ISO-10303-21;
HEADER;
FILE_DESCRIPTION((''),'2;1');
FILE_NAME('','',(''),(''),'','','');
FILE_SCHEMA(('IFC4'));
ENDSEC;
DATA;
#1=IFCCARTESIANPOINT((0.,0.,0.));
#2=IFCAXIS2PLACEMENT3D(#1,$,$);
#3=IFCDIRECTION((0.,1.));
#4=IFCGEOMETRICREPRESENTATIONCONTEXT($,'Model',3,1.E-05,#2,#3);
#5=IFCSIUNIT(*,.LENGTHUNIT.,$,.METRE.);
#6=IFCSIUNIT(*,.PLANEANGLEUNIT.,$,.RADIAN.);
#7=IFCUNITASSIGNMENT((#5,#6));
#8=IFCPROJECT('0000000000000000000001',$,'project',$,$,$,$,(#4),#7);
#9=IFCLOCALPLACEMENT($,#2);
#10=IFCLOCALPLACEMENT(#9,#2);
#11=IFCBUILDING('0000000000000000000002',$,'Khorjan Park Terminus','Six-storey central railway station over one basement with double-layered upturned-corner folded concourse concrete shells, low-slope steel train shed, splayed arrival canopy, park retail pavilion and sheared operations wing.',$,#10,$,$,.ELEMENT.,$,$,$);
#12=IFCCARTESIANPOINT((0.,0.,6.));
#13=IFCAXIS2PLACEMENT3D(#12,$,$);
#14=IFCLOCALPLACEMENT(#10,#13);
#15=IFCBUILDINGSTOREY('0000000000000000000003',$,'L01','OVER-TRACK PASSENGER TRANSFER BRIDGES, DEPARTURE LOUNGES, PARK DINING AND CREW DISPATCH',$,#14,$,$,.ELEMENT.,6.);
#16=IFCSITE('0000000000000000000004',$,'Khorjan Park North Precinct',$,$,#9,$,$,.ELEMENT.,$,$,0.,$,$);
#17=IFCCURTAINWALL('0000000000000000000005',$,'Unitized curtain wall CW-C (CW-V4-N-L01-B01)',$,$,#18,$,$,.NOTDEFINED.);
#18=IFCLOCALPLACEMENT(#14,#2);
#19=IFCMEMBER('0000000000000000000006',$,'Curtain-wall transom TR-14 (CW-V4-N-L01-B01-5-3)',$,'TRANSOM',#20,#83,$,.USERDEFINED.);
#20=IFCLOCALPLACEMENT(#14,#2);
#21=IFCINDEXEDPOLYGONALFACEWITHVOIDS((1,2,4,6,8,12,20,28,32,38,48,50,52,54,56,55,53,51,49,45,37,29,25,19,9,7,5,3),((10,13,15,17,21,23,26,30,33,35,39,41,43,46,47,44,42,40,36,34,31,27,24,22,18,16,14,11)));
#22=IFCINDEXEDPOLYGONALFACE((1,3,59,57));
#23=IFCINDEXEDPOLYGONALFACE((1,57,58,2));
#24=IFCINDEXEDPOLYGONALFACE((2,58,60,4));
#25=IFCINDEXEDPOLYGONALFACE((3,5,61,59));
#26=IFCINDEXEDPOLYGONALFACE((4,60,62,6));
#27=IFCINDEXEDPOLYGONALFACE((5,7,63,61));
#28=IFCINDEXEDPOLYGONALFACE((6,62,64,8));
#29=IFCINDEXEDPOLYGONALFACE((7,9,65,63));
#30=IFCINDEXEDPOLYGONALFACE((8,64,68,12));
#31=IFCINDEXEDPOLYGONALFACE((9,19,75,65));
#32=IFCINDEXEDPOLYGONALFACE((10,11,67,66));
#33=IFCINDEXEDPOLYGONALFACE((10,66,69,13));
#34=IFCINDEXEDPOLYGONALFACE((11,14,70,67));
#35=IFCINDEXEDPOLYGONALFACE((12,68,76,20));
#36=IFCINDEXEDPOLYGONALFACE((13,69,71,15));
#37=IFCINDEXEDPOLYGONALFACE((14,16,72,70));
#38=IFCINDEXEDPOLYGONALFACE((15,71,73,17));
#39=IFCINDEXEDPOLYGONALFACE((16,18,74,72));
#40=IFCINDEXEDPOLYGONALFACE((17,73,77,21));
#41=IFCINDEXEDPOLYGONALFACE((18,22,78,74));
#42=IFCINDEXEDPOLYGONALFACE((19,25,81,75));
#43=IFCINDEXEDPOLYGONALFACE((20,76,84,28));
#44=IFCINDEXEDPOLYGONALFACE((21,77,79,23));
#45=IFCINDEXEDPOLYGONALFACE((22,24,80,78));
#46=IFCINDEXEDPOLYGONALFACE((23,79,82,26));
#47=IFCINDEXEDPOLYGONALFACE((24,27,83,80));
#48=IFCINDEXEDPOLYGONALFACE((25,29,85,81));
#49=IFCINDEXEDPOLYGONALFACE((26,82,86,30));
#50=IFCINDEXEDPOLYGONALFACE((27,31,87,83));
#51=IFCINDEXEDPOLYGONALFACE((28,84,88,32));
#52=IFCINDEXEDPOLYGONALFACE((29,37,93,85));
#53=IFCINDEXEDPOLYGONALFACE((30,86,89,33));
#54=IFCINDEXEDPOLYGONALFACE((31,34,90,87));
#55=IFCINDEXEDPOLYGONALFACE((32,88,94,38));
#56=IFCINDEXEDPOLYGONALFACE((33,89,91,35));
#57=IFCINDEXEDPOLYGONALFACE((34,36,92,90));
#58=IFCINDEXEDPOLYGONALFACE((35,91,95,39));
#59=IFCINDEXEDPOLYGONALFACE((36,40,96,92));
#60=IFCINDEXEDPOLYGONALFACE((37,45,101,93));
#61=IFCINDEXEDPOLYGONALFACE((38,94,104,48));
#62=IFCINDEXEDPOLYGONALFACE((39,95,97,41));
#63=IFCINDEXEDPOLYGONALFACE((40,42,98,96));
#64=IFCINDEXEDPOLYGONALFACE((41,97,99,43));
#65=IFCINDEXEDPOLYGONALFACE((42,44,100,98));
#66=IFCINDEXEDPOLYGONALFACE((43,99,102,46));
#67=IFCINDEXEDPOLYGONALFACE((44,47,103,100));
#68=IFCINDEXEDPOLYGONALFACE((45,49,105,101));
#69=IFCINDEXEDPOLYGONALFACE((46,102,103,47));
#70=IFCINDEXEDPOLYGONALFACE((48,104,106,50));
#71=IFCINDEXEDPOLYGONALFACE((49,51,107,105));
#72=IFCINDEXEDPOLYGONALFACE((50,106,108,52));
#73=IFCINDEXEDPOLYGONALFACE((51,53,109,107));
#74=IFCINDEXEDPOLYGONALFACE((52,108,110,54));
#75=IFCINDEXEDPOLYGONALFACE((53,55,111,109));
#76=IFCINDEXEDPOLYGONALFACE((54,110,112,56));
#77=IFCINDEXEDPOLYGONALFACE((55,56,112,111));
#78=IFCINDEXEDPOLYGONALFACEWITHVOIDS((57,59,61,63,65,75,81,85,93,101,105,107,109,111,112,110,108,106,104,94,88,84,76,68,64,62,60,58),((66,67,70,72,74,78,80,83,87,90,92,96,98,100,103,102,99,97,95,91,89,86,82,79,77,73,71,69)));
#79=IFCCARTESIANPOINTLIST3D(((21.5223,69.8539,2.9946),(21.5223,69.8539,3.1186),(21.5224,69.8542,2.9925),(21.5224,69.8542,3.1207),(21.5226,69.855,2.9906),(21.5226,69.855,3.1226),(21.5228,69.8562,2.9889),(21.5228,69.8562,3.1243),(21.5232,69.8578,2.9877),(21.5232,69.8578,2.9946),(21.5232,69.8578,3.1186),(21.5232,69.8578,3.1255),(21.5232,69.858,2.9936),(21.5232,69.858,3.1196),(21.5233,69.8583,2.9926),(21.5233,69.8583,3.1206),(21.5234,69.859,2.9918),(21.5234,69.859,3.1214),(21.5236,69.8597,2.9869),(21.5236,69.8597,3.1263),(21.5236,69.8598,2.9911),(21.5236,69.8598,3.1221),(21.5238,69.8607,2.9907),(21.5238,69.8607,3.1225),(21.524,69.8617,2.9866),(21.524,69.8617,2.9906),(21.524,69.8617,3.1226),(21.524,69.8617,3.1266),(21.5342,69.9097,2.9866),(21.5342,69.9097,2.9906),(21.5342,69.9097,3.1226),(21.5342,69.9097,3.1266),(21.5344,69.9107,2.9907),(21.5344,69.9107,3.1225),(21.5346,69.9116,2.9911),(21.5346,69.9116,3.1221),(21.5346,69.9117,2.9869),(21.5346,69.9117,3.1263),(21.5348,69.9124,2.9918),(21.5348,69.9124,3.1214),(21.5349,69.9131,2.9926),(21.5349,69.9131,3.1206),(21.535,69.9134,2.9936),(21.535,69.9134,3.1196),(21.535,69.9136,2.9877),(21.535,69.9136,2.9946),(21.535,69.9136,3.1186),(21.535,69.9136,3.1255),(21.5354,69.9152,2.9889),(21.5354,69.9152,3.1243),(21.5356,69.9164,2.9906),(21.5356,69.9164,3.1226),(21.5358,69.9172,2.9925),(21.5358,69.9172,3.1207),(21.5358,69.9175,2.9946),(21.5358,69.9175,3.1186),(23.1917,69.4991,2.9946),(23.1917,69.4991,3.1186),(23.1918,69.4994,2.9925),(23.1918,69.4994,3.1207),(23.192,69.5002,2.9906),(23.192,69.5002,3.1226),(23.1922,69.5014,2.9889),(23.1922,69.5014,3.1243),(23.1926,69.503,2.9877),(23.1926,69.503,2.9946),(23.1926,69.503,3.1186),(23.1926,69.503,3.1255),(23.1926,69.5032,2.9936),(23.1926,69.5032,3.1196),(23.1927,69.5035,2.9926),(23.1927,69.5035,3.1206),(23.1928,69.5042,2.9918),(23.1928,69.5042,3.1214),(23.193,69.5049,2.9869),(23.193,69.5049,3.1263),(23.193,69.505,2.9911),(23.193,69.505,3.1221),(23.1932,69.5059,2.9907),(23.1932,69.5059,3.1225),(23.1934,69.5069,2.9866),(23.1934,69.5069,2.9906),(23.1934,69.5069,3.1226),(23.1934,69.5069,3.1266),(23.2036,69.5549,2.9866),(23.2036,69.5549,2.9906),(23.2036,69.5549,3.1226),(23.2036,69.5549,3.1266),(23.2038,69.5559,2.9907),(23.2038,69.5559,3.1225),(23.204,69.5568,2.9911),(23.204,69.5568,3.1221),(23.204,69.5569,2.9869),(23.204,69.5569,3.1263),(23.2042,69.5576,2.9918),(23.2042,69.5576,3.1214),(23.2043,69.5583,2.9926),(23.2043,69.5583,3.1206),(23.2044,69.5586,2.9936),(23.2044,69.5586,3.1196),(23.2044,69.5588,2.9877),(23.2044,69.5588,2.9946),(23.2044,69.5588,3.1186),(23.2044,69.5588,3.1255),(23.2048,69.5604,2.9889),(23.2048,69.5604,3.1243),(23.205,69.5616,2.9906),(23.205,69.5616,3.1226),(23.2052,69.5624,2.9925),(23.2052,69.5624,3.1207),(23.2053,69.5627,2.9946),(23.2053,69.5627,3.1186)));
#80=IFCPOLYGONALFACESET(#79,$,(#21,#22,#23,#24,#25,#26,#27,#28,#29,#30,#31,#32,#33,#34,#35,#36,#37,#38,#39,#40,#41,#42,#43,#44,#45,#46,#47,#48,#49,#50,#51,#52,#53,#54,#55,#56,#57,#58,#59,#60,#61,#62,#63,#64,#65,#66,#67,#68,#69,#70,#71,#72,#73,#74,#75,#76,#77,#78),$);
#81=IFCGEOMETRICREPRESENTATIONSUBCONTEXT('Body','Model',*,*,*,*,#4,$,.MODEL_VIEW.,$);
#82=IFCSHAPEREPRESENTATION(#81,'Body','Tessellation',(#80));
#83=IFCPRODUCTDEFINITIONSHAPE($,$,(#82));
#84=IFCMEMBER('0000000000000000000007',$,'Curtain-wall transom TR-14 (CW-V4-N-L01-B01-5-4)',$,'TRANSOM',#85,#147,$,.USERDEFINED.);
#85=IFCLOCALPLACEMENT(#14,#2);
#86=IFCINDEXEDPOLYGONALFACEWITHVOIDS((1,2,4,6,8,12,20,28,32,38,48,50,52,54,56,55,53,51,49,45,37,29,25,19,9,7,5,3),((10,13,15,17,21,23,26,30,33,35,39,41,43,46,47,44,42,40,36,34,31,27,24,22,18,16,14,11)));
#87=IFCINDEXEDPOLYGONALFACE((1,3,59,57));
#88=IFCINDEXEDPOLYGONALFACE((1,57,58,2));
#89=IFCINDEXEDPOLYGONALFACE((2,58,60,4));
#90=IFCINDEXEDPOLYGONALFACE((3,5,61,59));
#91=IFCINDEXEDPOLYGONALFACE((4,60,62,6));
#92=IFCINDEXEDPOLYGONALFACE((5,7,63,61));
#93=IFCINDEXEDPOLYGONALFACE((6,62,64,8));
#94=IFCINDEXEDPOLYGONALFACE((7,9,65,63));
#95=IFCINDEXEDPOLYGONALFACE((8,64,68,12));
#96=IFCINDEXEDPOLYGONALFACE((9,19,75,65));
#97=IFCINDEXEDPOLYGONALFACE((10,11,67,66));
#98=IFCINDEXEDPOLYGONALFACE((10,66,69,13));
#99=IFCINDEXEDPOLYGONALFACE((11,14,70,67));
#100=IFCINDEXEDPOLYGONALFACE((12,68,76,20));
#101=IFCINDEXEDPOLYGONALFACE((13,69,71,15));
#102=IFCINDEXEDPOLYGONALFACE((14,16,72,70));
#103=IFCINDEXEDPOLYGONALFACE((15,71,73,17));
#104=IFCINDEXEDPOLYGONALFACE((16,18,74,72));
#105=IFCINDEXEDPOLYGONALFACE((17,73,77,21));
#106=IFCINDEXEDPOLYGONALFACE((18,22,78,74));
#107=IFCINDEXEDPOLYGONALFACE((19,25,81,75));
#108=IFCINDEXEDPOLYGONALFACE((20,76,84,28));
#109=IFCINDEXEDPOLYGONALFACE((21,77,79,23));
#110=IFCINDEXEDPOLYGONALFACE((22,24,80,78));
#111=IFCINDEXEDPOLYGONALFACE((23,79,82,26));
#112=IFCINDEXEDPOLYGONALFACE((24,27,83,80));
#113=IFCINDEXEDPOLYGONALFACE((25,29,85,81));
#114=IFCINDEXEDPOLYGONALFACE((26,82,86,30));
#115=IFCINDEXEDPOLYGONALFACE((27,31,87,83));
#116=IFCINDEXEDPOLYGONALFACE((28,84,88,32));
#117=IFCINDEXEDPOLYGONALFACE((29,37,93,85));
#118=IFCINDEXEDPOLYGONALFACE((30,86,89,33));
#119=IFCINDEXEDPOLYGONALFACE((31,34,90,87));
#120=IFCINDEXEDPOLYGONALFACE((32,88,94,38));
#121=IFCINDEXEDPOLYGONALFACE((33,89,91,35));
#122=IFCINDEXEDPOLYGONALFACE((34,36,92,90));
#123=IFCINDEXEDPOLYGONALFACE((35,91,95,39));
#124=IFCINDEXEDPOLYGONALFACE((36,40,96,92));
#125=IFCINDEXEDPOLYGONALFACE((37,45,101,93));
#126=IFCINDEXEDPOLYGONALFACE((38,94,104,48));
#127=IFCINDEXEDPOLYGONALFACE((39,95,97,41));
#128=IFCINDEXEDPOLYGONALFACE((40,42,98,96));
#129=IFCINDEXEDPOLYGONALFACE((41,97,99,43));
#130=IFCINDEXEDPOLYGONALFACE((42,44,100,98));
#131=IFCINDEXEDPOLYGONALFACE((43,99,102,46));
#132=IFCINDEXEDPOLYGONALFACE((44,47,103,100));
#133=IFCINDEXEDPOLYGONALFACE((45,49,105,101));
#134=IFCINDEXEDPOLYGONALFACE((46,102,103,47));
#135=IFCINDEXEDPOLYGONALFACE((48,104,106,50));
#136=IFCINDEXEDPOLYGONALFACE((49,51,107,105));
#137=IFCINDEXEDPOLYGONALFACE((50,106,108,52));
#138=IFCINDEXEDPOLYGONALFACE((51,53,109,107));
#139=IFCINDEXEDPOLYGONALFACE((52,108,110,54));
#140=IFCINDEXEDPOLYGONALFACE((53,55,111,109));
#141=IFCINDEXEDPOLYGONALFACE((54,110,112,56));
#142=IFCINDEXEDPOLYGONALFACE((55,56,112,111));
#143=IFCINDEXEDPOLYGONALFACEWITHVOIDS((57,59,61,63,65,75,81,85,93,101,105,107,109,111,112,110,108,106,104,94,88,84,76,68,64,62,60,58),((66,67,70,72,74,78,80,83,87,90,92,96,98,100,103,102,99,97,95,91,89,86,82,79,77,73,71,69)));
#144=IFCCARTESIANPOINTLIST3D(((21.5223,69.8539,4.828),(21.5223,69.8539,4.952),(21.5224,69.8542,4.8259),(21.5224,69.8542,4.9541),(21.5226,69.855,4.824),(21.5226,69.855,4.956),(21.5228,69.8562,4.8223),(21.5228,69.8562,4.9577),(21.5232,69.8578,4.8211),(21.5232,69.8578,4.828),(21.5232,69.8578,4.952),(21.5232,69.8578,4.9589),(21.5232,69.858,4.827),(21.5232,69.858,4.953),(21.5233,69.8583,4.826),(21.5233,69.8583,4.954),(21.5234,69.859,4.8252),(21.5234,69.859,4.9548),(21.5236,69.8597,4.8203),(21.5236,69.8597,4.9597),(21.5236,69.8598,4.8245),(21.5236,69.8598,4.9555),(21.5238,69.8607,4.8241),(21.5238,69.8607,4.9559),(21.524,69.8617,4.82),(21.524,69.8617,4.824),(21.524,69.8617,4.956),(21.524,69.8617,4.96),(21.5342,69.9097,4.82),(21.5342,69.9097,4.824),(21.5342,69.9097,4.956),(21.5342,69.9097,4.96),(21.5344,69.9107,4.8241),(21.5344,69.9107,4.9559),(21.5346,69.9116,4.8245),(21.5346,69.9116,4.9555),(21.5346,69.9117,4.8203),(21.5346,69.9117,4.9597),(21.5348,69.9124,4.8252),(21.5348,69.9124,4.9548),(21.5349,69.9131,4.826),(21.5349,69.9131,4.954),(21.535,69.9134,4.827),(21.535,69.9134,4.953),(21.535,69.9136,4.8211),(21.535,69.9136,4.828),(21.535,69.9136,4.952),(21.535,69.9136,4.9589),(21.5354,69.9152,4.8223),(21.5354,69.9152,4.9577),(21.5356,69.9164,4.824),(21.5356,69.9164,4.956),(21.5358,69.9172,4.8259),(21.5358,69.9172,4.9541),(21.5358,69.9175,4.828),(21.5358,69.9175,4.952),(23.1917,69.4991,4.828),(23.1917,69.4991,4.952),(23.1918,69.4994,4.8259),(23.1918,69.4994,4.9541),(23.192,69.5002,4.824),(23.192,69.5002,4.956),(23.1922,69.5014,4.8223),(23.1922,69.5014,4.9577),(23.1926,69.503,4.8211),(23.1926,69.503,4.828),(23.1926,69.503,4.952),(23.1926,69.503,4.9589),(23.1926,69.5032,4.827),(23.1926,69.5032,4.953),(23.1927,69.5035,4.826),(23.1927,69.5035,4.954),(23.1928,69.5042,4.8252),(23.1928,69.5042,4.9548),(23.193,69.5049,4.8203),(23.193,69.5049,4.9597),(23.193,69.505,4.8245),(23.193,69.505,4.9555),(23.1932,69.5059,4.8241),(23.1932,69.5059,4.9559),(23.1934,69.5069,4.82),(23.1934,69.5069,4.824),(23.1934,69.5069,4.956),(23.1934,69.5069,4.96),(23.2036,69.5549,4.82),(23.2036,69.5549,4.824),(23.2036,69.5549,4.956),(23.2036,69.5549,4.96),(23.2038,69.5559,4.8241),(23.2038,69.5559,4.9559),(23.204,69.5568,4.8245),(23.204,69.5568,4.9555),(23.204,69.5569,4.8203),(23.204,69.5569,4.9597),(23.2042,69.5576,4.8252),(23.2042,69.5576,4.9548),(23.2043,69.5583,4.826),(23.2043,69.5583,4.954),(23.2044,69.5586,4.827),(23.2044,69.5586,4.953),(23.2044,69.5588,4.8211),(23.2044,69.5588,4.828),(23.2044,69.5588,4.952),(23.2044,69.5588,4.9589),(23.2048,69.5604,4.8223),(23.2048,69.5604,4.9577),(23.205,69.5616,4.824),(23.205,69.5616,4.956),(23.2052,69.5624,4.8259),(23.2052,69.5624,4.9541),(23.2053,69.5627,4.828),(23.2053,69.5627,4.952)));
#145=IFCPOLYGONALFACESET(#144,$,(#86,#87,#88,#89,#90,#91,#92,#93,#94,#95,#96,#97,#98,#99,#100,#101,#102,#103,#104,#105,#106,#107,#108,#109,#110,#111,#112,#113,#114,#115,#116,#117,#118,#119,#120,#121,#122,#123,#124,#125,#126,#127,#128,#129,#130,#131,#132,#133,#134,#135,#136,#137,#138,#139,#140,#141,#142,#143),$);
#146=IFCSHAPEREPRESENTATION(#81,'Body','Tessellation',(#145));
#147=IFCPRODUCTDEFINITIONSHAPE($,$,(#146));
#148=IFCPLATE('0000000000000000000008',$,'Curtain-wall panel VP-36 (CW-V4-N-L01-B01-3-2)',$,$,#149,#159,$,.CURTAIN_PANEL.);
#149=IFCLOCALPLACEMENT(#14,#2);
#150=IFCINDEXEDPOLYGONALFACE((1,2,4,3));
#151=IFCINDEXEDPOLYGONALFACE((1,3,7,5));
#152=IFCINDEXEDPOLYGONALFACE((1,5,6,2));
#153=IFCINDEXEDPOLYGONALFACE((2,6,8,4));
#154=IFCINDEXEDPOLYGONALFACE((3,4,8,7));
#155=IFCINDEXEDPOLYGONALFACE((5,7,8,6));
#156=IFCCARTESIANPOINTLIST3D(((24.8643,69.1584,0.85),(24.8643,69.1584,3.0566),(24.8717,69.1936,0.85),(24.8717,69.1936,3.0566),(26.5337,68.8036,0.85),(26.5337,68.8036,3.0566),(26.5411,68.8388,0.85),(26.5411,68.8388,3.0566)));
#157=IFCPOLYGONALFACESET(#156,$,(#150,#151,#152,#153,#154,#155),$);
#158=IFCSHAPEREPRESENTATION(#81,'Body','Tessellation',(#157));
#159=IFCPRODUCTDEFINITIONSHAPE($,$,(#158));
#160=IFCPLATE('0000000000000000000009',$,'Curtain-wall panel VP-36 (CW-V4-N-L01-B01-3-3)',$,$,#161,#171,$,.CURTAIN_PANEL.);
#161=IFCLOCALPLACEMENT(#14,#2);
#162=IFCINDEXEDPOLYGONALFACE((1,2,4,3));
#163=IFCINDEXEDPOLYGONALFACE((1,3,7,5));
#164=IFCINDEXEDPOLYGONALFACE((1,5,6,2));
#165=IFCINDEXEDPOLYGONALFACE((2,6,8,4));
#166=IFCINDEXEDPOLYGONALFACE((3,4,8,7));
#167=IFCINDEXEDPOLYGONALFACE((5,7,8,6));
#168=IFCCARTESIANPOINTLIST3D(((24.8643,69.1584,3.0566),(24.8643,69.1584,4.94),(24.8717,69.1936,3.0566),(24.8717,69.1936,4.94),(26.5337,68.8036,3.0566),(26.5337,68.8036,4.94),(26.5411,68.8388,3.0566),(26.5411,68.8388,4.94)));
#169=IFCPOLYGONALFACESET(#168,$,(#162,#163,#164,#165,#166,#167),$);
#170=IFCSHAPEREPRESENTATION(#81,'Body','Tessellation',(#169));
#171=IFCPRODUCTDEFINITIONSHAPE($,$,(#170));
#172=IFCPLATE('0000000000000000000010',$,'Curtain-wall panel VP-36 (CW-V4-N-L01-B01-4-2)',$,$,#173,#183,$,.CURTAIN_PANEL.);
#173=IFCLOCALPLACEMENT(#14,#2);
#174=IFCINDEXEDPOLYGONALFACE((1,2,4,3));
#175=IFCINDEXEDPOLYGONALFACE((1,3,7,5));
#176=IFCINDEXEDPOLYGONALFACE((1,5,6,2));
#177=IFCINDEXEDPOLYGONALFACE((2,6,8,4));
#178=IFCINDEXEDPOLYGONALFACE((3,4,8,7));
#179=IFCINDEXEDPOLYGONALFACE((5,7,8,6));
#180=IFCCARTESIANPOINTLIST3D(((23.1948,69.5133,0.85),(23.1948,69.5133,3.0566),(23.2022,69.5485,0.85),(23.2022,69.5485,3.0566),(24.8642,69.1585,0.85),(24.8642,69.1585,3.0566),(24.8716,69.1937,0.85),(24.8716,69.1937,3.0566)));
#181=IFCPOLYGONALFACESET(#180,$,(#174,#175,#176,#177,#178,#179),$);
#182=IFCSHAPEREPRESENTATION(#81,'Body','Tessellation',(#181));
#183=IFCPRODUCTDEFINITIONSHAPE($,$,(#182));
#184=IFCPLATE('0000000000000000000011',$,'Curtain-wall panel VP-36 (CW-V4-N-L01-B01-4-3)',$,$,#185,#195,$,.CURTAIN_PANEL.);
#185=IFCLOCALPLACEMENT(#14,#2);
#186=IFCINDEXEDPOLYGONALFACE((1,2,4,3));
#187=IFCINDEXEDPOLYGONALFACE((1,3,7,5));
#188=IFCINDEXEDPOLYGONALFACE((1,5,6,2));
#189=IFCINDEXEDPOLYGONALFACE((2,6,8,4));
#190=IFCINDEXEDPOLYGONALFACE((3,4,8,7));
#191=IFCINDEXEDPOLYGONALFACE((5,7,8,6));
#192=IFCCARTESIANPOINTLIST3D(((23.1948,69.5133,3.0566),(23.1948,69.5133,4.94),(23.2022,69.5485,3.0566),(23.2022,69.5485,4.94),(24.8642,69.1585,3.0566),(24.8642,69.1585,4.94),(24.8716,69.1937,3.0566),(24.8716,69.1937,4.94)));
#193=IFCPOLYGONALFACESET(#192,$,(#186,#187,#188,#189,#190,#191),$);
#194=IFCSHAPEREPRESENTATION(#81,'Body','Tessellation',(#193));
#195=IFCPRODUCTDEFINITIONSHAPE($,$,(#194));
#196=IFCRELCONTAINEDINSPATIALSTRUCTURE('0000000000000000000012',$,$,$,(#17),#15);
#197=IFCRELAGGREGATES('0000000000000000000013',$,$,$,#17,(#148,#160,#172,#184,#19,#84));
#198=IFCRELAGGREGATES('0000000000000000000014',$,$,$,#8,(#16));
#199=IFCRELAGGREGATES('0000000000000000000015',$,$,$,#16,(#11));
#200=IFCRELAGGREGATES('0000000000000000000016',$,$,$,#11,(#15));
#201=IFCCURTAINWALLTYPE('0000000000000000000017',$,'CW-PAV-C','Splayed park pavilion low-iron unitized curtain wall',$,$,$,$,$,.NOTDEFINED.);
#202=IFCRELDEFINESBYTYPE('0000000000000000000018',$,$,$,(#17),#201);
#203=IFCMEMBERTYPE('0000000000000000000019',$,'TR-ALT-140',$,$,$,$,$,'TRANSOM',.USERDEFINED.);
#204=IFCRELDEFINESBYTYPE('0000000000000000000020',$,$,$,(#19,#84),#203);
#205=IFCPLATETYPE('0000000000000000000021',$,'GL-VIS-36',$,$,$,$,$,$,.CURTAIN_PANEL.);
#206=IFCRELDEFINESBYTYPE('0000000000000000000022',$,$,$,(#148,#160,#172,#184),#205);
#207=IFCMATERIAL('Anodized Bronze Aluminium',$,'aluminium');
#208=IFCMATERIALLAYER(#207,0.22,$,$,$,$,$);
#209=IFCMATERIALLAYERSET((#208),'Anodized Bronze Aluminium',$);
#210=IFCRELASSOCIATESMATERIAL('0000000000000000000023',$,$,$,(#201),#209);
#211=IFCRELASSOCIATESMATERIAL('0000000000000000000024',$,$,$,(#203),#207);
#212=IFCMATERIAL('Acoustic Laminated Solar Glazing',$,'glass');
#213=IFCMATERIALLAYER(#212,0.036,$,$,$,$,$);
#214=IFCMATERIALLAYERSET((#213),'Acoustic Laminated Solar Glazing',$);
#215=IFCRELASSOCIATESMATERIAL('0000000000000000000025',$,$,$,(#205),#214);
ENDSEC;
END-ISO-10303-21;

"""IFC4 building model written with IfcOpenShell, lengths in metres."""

from ifc_helpers import new_model, si_unit, direction, frame, origin, origin_2d, place, context, subcontext, project, spatial, rectangle, hollow_rectangle, extrude, material, layer, layer_set, material_profile, profile_set, type_object, element, aggregate, save


model = new_model("IFC4")

# Units and contexts
model_context = context("Model", 3, precision=1e-05, world=origin(), true_north=direction((0.0, 1.0)))
body_context = subcontext(model_context, "Body", "Model", "MODEL_VIEW")
ifc_project = project(units=[si_unit("LENGTHUNIT", "METRE"), si_unit("PLANEANGLEUNIT", "RADIAN")], contexts=[model_context])

# Site, building, storey
site_placement = place(None, origin())
site = spatial("IfcSite", under=ifc_project, at=site_placement, Name="Khorjan Park North Precinct", CompositionType="ELEMENT", RefElevation=0.0)
building_placement = place(site_placement, origin())
building = spatial("IfcBuilding", under=site, at=building_placement, Name="Khorjan Park Terminus", Description="Six-storey central railway station over one basement with double-layered upturned-corner folded concourse concrete shells, low-slope steel train shed, splayed arrival canopy, park retail pavilion and sheared operations wing.", CompositionType="ELEMENT")
storey_placement = place(building_placement, frame((0.0, 0.0, 6.0)))
storey = spatial("IfcBuildingStorey", under=building, at=storey_placement, Name="L01", Description="OVER-TRACK PASSENGER TRANSFER BRIDGES, DEPARTURE LOUNGES, PARK DINING AND CREW DISPATCH", CompositionType="ELEMENT", Elevation=6.0)

# Curtain wall, members, plates
ifc_material_1 = material(Name="Anodized Bronze Aluminium", Category="aluminium")
ifc_layer_1 = layer(ifc_material_1, 0.22)
ifc_layer_set_1 = layer_set([ifc_layer_1], Name="Anodized Bronze Aluminium")
curtain_wall_type = type_object("IfcCurtainWallType", Name="CW-PAV-C", Description="Splayed park pavilion low-iron unitized curtain wall", PredefinedType="NOTDEFINED", material=ifc_layer_set_1)
curtain_wall_placement = place(storey_placement, origin())
curtain_wall = element("IfcCurtainWall", 1, at=curtain_wall_placement, inside=storey, type_object=curtain_wall_type, Name="Unitized curtain wall CW-C (CW-V4-N-L01-B01)", PredefinedType="NOTDEFINED")
ifc_material_profile_1 = material_profile(ifc_material_1, hollow_rectangle(XDim=0.065, YDim=0.14, WallThickness=0.004, InnerFilletRadius=0.004, OuterFilletRadius=0.008, at=origin_2d()), Name="ALT 65x140x4")
ifc_profile_set_1 = profile_set([ifc_material_profile_1], Name="Anodized Bronze Aluminium")
member_type_1 = type_object("IfcMemberType", Name="TR-ALT-140", ElementType="TRANSOM", PredefinedType="USERDEFINED", material=ifc_profile_set_1)
member_1_placement = place(storey_placement, frame((23.1985, 69.5309, 3.0566), z_axis=(-0.978153, 0.207888, 0.0), x_axis=(-0.207888, -0.978153, 0.0)))
member_1 = element("IfcMember", 2, at=member_1_placement, type_object=member_type_1, Name="Curtain-wall transom TR-14 (CW-V4-N-L01-B01-5-3)", ObjectType="TRANSOM", PredefinedType="USERDEFINED", context=body_context, shape_type="SweptSolid", body=[
    extrude(hollow_rectangle(XDim=0.065, YDim=0.14, WallThickness=0.004, InnerFilletRadius=0.004, OuterFilletRadius=0.008, at=origin_2d()), origin(), (0.0, 0.0, 1.0), 1.7067),
])
member_2_placement = place(storey_placement, frame((23.1985, 69.5309, 4.89), z_axis=(-0.978153, 0.207888, 0.0), x_axis=(-0.207888, -0.978153, 0.0)))
member_2 = element("IfcMember", 3, at=member_2_placement, type_object=member_type_1, Name="Curtain-wall transom TR-14 (CW-V4-N-L01-B01-5-4)", ObjectType="TRANSOM", PredefinedType="USERDEFINED", context=body_context, shape_type="SweptSolid", body=[
    extrude(hollow_rectangle(XDim=0.065, YDim=0.14, WallThickness=0.004, InnerFilletRadius=0.004, OuterFilletRadius=0.008, at=origin_2d()), origin(), (0.0, 0.0, 1.0), 1.7067),
])
ifc_material_2 = material(Name="Acoustic Laminated Solar Glazing", Category="glass")
ifc_layer_2 = layer(ifc_material_2, 0.036)
ifc_layer_set_2 = layer_set([ifc_layer_2], Name="Acoustic Laminated Solar Glazing")
plate_type_1 = type_object("IfcPlateType", Name="GL-VIS-36", PredefinedType="CURTAIN_PANEL", material=ifc_layer_set_2)
plate_1_placement = place(storey_placement, frame((25.7027, 68.9986, 0.85), z_axis=(0.0, 0.0, 1.0), x_axis=(-0.97815, 0.207901, 0.0)))
plate_1 = element("IfcPlate", 4, at=plate_1_placement, type_object=plate_type_1, Name="Curtain-wall panel VP-36 (CW-V4-N-L01-B01-3-2)", PredefinedType="CURTAIN_PANEL", context=body_context, shape_type="SweptSolid", body=[
    extrude(rectangle(XDim=1.7067, YDim=0.036, at=origin_2d()), origin(), (0.0, 0.0, 1.0), 2.2066),
])
plate_2_placement = place(storey_placement, frame((25.7027, 68.9986, 3.0566), z_axis=(0.0, 0.0, 1.0), x_axis=(-0.97815, 0.207901, 0.0)))
plate_2 = element("IfcPlate", 5, at=plate_2_placement, type_object=plate_type_1, Name="Curtain-wall panel VP-36 (CW-V4-N-L01-B01-3-3)", PredefinedType="CURTAIN_PANEL", context=body_context, shape_type="SweptSolid", body=[
    extrude(rectangle(XDim=1.7067, YDim=0.036, at=origin_2d()), origin(), (0.0, 0.0, 1.0), 1.8834),
])
plate_3_placement = place(storey_placement, frame((24.0332, 69.3535, 0.85), z_axis=(0.0, 0.0, 1.0), x_axis=(-0.97815, 0.207901, 0.0)))
plate_3 = element("IfcPlate", 6, at=plate_3_placement, type_object=plate_type_1, Name="Curtain-wall panel VP-36 (CW-V4-N-L01-B01-4-2)", PredefinedType="CURTAIN_PANEL", context=body_context, shape_type="SweptSolid", body=[
    extrude(rectangle(XDim=1.7067, YDim=0.036, at=origin_2d()), origin(), (0.0, 0.0, 1.0), 2.2066),
])
plate_4_placement = place(storey_placement, frame((24.0332, 69.3535, 3.0566), z_axis=(0.0, 0.0, 1.0), x_axis=(-0.97815, 0.207901, 0.0)))
plate_4 = element("IfcPlate", 7, at=plate_4_placement, type_object=plate_type_1, Name="Curtain-wall panel VP-36 (CW-V4-N-L01-B01-4-3)", PredefinedType="CURTAIN_PANEL", context=body_context, shape_type="SweptSolid", body=[
    extrude(rectangle(XDim=1.7067, YDim=0.036, at=origin_2d()), origin(), (0.0, 0.0, 1.0), 1.8834),
])
aggregate(curtain_wall, [plate_1, plate_2, plate_3, plate_4, member_1, member_2])

save(model, "model.ifc")
